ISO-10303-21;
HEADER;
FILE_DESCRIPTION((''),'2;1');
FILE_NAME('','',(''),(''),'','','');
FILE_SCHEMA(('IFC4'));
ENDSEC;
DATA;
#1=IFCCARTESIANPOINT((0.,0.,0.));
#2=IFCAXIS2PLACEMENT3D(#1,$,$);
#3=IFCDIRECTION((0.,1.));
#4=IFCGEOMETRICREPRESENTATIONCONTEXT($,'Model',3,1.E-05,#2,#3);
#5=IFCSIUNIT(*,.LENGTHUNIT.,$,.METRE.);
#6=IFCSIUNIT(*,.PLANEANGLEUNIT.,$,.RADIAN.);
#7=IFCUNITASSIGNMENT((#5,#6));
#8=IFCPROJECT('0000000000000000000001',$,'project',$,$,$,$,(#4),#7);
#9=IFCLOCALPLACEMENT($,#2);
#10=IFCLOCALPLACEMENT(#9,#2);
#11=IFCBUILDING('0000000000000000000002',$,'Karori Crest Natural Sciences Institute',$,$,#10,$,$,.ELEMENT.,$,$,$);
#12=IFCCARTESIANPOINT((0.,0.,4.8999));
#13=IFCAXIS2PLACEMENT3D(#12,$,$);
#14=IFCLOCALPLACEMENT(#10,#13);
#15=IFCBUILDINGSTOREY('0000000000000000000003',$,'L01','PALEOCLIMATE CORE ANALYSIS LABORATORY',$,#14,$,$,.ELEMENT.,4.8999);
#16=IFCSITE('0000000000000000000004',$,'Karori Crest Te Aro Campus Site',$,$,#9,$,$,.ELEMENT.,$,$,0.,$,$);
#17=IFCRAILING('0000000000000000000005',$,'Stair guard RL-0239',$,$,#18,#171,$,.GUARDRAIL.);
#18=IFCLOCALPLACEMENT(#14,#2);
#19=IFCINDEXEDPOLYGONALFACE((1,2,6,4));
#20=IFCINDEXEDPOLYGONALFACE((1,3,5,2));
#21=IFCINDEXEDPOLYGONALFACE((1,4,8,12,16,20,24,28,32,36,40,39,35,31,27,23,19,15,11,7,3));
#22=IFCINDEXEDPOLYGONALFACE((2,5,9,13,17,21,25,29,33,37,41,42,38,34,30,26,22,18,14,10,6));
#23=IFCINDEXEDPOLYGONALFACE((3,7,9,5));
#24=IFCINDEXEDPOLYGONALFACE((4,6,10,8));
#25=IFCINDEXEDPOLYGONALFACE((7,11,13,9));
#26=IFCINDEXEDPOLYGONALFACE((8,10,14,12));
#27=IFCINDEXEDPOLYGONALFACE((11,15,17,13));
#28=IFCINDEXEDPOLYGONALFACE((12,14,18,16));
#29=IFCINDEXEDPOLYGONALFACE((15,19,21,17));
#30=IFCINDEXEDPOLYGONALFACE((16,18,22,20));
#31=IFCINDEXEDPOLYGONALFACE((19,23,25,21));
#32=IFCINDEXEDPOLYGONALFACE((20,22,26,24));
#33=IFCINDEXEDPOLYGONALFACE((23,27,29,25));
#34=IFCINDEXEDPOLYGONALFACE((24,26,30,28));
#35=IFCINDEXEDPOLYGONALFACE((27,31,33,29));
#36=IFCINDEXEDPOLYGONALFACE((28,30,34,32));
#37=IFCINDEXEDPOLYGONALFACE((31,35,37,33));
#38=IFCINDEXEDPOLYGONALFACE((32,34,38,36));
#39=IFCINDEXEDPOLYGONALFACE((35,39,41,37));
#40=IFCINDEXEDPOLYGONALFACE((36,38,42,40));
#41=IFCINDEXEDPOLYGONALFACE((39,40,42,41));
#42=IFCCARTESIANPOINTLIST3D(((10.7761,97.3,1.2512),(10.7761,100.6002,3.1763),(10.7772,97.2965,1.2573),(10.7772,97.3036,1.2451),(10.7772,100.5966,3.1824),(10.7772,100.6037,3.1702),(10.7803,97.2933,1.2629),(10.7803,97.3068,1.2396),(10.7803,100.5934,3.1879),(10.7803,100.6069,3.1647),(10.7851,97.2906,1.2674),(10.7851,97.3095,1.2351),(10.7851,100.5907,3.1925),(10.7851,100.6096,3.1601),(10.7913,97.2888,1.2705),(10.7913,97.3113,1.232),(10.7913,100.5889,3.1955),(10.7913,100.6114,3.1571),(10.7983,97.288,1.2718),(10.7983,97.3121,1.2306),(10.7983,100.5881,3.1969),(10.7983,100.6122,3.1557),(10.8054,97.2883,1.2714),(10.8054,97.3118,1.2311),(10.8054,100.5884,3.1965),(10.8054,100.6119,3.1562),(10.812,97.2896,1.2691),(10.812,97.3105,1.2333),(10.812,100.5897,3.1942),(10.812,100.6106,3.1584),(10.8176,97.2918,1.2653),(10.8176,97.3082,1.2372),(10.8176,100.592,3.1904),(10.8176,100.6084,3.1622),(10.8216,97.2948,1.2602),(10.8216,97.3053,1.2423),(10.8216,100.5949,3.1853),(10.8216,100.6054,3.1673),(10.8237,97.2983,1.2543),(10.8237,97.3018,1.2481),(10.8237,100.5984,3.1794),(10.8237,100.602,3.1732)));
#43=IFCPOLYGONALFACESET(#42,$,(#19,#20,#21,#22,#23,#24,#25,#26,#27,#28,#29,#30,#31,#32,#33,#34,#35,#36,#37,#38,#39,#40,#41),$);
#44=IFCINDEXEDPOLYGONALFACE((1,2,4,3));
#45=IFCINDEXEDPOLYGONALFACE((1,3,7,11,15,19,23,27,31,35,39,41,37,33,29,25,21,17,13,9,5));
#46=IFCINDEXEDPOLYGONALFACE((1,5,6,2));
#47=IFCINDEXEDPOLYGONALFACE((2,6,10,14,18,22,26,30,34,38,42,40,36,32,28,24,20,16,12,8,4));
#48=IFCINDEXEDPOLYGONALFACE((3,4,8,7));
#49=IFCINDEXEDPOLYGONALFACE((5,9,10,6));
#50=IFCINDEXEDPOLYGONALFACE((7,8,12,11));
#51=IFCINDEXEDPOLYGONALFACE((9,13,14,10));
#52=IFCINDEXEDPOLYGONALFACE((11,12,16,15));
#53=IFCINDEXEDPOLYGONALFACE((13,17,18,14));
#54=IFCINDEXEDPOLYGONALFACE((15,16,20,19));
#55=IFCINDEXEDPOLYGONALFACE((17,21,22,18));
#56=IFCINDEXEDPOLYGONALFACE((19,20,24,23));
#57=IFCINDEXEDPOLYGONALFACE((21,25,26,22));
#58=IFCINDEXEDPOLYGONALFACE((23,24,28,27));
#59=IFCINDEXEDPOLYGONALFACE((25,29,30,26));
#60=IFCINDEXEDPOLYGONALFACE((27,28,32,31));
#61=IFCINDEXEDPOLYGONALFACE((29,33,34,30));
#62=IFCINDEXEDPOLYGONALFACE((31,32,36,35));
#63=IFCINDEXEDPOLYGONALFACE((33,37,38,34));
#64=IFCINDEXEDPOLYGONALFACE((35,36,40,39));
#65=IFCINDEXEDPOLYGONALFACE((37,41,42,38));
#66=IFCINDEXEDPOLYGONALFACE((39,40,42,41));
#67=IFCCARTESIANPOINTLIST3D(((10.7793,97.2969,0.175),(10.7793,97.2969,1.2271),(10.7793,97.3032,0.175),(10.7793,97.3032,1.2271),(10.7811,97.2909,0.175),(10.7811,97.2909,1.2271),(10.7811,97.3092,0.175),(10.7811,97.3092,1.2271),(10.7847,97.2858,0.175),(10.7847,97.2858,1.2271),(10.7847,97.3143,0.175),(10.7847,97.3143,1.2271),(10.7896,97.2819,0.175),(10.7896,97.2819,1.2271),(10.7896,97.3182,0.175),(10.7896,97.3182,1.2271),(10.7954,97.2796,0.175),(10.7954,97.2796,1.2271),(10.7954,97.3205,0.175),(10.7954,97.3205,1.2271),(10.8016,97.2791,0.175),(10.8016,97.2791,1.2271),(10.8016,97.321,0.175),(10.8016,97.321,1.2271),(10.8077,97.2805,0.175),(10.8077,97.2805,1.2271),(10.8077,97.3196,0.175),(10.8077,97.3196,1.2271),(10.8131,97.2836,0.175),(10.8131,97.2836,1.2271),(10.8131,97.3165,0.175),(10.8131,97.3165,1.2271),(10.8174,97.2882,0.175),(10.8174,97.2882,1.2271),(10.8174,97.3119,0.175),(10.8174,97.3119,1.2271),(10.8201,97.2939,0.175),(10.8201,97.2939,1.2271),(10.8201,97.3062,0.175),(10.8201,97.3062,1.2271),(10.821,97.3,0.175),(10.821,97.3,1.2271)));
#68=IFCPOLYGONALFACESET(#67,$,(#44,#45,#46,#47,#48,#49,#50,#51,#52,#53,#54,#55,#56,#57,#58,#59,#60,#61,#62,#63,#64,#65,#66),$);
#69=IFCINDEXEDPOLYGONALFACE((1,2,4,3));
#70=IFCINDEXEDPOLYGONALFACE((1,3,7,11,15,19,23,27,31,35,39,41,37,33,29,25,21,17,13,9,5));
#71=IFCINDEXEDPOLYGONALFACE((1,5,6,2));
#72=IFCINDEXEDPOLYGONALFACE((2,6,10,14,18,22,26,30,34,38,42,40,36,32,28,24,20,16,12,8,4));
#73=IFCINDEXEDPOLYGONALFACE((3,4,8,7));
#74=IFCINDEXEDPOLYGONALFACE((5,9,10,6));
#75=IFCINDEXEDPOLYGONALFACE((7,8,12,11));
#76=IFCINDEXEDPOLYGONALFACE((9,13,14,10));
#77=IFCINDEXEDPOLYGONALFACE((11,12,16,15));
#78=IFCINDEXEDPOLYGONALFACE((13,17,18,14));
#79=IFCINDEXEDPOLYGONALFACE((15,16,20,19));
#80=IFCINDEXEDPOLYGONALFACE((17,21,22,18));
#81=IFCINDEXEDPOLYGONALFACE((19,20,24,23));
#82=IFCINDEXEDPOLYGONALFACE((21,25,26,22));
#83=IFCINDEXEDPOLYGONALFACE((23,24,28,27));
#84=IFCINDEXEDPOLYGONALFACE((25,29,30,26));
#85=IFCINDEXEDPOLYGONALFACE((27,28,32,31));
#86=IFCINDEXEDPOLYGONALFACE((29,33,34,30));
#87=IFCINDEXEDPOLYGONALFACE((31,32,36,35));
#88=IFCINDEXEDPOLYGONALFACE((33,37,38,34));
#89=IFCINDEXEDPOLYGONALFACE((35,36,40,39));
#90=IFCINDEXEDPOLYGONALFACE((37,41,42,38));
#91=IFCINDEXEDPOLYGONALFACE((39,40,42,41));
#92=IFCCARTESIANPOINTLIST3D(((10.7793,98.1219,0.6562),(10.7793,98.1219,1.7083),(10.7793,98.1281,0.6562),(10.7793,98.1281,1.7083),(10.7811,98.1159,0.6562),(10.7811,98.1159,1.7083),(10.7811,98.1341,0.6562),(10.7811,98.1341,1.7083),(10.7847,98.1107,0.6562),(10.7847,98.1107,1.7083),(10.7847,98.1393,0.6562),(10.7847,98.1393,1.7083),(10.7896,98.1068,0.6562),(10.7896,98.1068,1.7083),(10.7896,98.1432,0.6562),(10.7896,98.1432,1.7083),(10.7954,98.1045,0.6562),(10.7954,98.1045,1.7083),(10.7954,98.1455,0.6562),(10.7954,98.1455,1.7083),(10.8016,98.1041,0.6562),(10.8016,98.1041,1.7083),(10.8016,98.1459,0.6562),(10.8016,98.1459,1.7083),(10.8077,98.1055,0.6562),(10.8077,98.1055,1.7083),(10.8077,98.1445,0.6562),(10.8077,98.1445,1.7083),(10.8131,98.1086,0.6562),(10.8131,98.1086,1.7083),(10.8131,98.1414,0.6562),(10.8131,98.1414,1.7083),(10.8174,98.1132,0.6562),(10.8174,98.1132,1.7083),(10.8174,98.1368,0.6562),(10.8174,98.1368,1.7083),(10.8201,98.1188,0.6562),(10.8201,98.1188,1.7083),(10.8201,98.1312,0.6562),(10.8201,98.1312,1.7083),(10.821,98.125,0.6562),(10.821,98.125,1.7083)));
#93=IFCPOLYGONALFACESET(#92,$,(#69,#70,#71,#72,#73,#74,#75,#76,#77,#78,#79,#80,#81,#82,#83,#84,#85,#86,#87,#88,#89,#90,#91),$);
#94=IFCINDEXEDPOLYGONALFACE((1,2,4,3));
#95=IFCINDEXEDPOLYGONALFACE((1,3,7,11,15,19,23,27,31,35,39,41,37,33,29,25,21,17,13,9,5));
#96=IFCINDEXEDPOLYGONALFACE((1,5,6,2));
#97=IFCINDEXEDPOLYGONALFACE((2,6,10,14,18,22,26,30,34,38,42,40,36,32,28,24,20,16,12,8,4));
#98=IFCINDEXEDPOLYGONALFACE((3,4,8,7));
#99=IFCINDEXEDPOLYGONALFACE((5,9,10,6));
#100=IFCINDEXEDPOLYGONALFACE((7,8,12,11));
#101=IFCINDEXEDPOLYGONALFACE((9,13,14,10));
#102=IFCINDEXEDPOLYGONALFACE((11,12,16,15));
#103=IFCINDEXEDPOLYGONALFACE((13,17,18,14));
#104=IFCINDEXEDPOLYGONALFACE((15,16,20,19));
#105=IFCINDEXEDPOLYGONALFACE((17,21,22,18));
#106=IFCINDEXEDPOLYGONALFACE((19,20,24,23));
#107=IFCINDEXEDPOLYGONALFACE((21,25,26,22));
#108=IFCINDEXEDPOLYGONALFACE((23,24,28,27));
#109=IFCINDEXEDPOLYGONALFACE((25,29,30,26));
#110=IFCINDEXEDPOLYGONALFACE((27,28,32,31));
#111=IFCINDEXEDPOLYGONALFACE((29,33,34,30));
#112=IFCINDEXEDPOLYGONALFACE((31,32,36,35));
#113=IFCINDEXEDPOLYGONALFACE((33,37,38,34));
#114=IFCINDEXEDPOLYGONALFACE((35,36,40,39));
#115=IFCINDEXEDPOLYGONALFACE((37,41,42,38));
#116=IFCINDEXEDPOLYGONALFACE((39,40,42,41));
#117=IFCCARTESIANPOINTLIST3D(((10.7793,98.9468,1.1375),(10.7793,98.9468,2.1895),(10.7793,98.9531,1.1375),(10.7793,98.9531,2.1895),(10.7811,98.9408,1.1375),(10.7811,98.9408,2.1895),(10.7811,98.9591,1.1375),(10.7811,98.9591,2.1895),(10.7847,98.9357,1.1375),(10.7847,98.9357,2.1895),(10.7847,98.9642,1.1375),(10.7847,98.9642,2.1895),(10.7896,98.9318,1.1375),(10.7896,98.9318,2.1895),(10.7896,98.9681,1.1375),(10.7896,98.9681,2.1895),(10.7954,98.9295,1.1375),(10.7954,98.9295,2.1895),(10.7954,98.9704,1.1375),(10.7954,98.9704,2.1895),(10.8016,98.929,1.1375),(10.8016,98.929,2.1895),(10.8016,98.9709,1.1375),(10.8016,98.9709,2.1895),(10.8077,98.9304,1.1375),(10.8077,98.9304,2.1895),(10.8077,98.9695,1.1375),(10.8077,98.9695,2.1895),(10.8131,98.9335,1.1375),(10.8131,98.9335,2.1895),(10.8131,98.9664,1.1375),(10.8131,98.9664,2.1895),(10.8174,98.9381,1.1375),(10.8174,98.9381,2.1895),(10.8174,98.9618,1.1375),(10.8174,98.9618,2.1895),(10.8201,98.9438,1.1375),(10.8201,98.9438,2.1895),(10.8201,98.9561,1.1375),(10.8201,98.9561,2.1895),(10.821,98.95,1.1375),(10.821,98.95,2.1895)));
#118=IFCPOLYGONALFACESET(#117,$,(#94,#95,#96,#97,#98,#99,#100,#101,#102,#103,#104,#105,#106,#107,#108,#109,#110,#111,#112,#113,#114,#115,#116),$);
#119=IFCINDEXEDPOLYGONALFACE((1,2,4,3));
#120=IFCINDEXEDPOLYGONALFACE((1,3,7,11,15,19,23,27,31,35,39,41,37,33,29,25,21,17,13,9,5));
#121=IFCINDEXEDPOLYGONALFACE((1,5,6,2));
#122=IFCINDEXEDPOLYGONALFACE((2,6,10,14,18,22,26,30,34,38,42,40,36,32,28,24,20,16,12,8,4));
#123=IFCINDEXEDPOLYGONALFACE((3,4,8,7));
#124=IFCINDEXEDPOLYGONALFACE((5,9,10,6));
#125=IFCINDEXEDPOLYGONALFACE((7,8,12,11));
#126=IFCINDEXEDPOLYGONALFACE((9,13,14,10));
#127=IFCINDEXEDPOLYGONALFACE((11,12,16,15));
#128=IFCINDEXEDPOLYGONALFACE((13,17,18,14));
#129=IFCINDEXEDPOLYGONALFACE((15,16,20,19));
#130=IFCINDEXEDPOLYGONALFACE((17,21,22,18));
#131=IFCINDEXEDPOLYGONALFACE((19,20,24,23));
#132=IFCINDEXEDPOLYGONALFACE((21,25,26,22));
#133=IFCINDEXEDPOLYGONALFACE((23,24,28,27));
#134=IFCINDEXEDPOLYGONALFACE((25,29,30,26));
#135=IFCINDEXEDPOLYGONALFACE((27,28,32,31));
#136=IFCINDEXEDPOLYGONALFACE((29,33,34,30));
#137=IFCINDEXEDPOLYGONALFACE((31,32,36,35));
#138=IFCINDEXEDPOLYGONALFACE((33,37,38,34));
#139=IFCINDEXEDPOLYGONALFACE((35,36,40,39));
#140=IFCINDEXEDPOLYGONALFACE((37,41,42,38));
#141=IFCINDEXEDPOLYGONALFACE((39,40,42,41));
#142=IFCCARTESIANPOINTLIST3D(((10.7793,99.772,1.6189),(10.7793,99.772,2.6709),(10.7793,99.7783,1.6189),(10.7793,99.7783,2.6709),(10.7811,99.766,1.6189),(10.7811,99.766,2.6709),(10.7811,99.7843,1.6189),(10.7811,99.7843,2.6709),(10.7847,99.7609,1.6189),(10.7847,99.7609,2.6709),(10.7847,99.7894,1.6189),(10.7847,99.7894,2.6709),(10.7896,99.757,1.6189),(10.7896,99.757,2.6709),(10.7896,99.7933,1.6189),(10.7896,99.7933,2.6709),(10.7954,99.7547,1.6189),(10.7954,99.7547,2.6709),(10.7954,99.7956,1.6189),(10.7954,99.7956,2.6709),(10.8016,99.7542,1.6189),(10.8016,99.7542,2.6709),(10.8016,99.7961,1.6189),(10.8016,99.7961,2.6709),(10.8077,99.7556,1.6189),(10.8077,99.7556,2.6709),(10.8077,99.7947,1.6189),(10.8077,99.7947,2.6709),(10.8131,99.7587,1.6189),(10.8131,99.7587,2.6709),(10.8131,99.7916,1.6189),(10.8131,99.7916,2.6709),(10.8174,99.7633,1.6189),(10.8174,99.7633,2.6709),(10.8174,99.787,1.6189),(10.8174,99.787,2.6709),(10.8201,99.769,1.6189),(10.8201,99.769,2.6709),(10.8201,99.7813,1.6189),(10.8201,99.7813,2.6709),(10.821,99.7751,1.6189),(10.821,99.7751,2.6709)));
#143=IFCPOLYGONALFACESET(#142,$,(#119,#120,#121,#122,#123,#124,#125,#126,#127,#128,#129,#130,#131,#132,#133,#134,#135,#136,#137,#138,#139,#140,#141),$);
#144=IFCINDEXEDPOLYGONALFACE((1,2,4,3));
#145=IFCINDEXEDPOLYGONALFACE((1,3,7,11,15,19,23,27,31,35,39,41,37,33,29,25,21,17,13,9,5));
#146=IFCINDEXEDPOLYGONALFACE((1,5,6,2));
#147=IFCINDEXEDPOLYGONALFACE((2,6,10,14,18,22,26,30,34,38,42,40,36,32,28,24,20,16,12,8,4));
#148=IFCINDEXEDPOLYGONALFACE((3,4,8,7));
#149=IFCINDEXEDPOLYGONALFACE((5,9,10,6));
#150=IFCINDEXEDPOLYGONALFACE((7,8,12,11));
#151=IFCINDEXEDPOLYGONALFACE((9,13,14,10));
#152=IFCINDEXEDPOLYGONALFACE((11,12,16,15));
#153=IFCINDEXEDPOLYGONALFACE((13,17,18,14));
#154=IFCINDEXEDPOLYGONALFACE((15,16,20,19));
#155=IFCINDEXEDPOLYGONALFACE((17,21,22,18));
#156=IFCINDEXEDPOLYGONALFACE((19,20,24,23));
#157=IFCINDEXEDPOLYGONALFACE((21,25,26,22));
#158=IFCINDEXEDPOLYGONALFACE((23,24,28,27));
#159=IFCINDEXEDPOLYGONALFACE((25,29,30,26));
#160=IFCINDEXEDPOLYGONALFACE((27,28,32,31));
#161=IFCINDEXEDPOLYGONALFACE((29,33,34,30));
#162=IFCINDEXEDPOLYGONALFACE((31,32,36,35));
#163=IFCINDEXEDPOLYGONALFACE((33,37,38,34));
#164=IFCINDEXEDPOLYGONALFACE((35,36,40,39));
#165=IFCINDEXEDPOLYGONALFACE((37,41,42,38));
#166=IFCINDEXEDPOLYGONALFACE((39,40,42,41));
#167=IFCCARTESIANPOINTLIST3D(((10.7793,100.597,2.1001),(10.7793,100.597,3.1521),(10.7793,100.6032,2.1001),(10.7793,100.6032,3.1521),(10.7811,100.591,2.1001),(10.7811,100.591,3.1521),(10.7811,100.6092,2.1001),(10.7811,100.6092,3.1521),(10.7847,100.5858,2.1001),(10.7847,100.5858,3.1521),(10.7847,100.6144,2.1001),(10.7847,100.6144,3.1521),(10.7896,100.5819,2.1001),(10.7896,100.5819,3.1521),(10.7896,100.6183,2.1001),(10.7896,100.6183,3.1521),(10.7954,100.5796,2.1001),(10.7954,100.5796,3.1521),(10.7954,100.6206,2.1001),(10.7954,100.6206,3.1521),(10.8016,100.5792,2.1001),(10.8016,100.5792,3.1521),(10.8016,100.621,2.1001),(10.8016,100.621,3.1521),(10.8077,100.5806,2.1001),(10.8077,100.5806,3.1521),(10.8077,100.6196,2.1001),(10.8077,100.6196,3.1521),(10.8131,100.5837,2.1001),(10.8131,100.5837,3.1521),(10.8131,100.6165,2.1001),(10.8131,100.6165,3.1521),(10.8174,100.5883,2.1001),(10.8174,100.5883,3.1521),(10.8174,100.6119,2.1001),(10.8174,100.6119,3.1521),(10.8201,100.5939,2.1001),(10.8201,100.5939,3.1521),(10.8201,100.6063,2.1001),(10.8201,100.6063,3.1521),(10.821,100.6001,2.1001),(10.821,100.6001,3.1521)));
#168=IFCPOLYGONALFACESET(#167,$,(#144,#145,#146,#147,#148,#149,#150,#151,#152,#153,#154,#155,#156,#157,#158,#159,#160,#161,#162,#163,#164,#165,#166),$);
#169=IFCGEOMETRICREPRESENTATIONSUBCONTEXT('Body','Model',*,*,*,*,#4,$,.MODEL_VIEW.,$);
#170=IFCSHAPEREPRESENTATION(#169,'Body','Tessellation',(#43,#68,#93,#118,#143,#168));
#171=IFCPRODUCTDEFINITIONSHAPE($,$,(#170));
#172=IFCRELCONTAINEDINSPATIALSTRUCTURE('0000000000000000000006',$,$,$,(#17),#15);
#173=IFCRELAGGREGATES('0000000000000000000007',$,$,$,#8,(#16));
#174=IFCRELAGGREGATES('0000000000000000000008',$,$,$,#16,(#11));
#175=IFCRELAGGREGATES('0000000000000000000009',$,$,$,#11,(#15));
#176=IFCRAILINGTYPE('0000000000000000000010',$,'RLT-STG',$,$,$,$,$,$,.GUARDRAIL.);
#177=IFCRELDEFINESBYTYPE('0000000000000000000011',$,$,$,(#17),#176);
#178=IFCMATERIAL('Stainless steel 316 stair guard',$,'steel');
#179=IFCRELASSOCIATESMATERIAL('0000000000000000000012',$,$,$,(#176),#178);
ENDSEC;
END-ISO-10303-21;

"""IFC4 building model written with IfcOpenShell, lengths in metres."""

from ifc_helpers import new_model, si_unit, direction, frame, origin, origin_2d, place, context, subcontext, project, spatial, circle, extrude, material, type_object, element, save


model = new_model("IFC4")

# Units and contexts
model_context = context("Model", 3, precision=1e-05, world=origin(), true_north=direction((0.0, 1.0)))
body_context = subcontext(model_context, "Body", "Model", "MODEL_VIEW")
ifc_project = project(units=[si_unit("LENGTHUNIT", "METRE"), si_unit("PLANEANGLEUNIT", "RADIAN")], contexts=[model_context])

# Site, building, storey
site_placement = place(None, origin())
site = spatial("IfcSite", under=ifc_project, at=site_placement, Name="Karori Crest Te Aro Campus Site", CompositionType="ELEMENT", RefElevation=0.0)
building_placement = place(site_placement, origin())
building = spatial("IfcBuilding", under=site, at=building_placement, Name="Karori Crest Natural Sciences Institute", CompositionType="ELEMENT")
storey_placement = place(building_placement, frame((0.0, 0.0, 4.8999)))
storey = spatial("IfcBuildingStorey", under=building, at=storey_placement, Name="L01", Description="PALEOCLIMATE CORE ANALYSIS LABORATORY", CompositionType="ELEMENT", Elevation=4.8999)

# Railing
ifc_material_1 = material(Name="Stainless steel 316 stair guard", Category="steel")
railing_type_1 = type_object("IfcRailingType", Name="RLT-STG", PredefinedType="GUARDRAIL", material=ifc_material_1)
railing_1_placement = place(storey_placement, frame((10.8, 97.3, 0.175)))
element("IfcRailing", 1, at=railing_1_placement, inside=storey, type_object=railing_type_1, Name="Stair guard RL-0239", PredefinedType="GUARDRAIL", context=body_context, shape_type="SweptSolid", body=[
    extrude(circle(Radius=0.0239, at=origin_2d()), frame((0.0, 0.0, 1.0762), z_axis=(0.0, 0.863777, 0.503875), x_axis=(-1.0, 0.0, 0.0)), (0.0, 0.0, 1.0), 3.8206),
    extrude(circle(Radius=0.021, at=origin_2d()), origin(), (0.0, 0.0, 1.0), 1.052),
    extrude(circle(Radius=0.021, at=origin_2d()), frame((0.0, 0.825, 0.4812)), (0.0, 0.0, 1.0), 1.052),
    extrude(circle(Radius=0.021, at=origin_2d()), frame((0.0, 1.6499, 0.9624)), (0.0, 0.0, 1.0), 1.052),
    extrude(circle(Radius=0.021, at=origin_2d()), frame((0.0, 2.4751, 1.4438)), (0.0, 0.0, 1.0), 1.052),
    extrude(circle(Radius=0.021, at=origin_2d()), frame((0.0, 3.3, 1.925)), (0.0, 0.0, 1.0), 1.052),
])

save(model, "model.ifc")
